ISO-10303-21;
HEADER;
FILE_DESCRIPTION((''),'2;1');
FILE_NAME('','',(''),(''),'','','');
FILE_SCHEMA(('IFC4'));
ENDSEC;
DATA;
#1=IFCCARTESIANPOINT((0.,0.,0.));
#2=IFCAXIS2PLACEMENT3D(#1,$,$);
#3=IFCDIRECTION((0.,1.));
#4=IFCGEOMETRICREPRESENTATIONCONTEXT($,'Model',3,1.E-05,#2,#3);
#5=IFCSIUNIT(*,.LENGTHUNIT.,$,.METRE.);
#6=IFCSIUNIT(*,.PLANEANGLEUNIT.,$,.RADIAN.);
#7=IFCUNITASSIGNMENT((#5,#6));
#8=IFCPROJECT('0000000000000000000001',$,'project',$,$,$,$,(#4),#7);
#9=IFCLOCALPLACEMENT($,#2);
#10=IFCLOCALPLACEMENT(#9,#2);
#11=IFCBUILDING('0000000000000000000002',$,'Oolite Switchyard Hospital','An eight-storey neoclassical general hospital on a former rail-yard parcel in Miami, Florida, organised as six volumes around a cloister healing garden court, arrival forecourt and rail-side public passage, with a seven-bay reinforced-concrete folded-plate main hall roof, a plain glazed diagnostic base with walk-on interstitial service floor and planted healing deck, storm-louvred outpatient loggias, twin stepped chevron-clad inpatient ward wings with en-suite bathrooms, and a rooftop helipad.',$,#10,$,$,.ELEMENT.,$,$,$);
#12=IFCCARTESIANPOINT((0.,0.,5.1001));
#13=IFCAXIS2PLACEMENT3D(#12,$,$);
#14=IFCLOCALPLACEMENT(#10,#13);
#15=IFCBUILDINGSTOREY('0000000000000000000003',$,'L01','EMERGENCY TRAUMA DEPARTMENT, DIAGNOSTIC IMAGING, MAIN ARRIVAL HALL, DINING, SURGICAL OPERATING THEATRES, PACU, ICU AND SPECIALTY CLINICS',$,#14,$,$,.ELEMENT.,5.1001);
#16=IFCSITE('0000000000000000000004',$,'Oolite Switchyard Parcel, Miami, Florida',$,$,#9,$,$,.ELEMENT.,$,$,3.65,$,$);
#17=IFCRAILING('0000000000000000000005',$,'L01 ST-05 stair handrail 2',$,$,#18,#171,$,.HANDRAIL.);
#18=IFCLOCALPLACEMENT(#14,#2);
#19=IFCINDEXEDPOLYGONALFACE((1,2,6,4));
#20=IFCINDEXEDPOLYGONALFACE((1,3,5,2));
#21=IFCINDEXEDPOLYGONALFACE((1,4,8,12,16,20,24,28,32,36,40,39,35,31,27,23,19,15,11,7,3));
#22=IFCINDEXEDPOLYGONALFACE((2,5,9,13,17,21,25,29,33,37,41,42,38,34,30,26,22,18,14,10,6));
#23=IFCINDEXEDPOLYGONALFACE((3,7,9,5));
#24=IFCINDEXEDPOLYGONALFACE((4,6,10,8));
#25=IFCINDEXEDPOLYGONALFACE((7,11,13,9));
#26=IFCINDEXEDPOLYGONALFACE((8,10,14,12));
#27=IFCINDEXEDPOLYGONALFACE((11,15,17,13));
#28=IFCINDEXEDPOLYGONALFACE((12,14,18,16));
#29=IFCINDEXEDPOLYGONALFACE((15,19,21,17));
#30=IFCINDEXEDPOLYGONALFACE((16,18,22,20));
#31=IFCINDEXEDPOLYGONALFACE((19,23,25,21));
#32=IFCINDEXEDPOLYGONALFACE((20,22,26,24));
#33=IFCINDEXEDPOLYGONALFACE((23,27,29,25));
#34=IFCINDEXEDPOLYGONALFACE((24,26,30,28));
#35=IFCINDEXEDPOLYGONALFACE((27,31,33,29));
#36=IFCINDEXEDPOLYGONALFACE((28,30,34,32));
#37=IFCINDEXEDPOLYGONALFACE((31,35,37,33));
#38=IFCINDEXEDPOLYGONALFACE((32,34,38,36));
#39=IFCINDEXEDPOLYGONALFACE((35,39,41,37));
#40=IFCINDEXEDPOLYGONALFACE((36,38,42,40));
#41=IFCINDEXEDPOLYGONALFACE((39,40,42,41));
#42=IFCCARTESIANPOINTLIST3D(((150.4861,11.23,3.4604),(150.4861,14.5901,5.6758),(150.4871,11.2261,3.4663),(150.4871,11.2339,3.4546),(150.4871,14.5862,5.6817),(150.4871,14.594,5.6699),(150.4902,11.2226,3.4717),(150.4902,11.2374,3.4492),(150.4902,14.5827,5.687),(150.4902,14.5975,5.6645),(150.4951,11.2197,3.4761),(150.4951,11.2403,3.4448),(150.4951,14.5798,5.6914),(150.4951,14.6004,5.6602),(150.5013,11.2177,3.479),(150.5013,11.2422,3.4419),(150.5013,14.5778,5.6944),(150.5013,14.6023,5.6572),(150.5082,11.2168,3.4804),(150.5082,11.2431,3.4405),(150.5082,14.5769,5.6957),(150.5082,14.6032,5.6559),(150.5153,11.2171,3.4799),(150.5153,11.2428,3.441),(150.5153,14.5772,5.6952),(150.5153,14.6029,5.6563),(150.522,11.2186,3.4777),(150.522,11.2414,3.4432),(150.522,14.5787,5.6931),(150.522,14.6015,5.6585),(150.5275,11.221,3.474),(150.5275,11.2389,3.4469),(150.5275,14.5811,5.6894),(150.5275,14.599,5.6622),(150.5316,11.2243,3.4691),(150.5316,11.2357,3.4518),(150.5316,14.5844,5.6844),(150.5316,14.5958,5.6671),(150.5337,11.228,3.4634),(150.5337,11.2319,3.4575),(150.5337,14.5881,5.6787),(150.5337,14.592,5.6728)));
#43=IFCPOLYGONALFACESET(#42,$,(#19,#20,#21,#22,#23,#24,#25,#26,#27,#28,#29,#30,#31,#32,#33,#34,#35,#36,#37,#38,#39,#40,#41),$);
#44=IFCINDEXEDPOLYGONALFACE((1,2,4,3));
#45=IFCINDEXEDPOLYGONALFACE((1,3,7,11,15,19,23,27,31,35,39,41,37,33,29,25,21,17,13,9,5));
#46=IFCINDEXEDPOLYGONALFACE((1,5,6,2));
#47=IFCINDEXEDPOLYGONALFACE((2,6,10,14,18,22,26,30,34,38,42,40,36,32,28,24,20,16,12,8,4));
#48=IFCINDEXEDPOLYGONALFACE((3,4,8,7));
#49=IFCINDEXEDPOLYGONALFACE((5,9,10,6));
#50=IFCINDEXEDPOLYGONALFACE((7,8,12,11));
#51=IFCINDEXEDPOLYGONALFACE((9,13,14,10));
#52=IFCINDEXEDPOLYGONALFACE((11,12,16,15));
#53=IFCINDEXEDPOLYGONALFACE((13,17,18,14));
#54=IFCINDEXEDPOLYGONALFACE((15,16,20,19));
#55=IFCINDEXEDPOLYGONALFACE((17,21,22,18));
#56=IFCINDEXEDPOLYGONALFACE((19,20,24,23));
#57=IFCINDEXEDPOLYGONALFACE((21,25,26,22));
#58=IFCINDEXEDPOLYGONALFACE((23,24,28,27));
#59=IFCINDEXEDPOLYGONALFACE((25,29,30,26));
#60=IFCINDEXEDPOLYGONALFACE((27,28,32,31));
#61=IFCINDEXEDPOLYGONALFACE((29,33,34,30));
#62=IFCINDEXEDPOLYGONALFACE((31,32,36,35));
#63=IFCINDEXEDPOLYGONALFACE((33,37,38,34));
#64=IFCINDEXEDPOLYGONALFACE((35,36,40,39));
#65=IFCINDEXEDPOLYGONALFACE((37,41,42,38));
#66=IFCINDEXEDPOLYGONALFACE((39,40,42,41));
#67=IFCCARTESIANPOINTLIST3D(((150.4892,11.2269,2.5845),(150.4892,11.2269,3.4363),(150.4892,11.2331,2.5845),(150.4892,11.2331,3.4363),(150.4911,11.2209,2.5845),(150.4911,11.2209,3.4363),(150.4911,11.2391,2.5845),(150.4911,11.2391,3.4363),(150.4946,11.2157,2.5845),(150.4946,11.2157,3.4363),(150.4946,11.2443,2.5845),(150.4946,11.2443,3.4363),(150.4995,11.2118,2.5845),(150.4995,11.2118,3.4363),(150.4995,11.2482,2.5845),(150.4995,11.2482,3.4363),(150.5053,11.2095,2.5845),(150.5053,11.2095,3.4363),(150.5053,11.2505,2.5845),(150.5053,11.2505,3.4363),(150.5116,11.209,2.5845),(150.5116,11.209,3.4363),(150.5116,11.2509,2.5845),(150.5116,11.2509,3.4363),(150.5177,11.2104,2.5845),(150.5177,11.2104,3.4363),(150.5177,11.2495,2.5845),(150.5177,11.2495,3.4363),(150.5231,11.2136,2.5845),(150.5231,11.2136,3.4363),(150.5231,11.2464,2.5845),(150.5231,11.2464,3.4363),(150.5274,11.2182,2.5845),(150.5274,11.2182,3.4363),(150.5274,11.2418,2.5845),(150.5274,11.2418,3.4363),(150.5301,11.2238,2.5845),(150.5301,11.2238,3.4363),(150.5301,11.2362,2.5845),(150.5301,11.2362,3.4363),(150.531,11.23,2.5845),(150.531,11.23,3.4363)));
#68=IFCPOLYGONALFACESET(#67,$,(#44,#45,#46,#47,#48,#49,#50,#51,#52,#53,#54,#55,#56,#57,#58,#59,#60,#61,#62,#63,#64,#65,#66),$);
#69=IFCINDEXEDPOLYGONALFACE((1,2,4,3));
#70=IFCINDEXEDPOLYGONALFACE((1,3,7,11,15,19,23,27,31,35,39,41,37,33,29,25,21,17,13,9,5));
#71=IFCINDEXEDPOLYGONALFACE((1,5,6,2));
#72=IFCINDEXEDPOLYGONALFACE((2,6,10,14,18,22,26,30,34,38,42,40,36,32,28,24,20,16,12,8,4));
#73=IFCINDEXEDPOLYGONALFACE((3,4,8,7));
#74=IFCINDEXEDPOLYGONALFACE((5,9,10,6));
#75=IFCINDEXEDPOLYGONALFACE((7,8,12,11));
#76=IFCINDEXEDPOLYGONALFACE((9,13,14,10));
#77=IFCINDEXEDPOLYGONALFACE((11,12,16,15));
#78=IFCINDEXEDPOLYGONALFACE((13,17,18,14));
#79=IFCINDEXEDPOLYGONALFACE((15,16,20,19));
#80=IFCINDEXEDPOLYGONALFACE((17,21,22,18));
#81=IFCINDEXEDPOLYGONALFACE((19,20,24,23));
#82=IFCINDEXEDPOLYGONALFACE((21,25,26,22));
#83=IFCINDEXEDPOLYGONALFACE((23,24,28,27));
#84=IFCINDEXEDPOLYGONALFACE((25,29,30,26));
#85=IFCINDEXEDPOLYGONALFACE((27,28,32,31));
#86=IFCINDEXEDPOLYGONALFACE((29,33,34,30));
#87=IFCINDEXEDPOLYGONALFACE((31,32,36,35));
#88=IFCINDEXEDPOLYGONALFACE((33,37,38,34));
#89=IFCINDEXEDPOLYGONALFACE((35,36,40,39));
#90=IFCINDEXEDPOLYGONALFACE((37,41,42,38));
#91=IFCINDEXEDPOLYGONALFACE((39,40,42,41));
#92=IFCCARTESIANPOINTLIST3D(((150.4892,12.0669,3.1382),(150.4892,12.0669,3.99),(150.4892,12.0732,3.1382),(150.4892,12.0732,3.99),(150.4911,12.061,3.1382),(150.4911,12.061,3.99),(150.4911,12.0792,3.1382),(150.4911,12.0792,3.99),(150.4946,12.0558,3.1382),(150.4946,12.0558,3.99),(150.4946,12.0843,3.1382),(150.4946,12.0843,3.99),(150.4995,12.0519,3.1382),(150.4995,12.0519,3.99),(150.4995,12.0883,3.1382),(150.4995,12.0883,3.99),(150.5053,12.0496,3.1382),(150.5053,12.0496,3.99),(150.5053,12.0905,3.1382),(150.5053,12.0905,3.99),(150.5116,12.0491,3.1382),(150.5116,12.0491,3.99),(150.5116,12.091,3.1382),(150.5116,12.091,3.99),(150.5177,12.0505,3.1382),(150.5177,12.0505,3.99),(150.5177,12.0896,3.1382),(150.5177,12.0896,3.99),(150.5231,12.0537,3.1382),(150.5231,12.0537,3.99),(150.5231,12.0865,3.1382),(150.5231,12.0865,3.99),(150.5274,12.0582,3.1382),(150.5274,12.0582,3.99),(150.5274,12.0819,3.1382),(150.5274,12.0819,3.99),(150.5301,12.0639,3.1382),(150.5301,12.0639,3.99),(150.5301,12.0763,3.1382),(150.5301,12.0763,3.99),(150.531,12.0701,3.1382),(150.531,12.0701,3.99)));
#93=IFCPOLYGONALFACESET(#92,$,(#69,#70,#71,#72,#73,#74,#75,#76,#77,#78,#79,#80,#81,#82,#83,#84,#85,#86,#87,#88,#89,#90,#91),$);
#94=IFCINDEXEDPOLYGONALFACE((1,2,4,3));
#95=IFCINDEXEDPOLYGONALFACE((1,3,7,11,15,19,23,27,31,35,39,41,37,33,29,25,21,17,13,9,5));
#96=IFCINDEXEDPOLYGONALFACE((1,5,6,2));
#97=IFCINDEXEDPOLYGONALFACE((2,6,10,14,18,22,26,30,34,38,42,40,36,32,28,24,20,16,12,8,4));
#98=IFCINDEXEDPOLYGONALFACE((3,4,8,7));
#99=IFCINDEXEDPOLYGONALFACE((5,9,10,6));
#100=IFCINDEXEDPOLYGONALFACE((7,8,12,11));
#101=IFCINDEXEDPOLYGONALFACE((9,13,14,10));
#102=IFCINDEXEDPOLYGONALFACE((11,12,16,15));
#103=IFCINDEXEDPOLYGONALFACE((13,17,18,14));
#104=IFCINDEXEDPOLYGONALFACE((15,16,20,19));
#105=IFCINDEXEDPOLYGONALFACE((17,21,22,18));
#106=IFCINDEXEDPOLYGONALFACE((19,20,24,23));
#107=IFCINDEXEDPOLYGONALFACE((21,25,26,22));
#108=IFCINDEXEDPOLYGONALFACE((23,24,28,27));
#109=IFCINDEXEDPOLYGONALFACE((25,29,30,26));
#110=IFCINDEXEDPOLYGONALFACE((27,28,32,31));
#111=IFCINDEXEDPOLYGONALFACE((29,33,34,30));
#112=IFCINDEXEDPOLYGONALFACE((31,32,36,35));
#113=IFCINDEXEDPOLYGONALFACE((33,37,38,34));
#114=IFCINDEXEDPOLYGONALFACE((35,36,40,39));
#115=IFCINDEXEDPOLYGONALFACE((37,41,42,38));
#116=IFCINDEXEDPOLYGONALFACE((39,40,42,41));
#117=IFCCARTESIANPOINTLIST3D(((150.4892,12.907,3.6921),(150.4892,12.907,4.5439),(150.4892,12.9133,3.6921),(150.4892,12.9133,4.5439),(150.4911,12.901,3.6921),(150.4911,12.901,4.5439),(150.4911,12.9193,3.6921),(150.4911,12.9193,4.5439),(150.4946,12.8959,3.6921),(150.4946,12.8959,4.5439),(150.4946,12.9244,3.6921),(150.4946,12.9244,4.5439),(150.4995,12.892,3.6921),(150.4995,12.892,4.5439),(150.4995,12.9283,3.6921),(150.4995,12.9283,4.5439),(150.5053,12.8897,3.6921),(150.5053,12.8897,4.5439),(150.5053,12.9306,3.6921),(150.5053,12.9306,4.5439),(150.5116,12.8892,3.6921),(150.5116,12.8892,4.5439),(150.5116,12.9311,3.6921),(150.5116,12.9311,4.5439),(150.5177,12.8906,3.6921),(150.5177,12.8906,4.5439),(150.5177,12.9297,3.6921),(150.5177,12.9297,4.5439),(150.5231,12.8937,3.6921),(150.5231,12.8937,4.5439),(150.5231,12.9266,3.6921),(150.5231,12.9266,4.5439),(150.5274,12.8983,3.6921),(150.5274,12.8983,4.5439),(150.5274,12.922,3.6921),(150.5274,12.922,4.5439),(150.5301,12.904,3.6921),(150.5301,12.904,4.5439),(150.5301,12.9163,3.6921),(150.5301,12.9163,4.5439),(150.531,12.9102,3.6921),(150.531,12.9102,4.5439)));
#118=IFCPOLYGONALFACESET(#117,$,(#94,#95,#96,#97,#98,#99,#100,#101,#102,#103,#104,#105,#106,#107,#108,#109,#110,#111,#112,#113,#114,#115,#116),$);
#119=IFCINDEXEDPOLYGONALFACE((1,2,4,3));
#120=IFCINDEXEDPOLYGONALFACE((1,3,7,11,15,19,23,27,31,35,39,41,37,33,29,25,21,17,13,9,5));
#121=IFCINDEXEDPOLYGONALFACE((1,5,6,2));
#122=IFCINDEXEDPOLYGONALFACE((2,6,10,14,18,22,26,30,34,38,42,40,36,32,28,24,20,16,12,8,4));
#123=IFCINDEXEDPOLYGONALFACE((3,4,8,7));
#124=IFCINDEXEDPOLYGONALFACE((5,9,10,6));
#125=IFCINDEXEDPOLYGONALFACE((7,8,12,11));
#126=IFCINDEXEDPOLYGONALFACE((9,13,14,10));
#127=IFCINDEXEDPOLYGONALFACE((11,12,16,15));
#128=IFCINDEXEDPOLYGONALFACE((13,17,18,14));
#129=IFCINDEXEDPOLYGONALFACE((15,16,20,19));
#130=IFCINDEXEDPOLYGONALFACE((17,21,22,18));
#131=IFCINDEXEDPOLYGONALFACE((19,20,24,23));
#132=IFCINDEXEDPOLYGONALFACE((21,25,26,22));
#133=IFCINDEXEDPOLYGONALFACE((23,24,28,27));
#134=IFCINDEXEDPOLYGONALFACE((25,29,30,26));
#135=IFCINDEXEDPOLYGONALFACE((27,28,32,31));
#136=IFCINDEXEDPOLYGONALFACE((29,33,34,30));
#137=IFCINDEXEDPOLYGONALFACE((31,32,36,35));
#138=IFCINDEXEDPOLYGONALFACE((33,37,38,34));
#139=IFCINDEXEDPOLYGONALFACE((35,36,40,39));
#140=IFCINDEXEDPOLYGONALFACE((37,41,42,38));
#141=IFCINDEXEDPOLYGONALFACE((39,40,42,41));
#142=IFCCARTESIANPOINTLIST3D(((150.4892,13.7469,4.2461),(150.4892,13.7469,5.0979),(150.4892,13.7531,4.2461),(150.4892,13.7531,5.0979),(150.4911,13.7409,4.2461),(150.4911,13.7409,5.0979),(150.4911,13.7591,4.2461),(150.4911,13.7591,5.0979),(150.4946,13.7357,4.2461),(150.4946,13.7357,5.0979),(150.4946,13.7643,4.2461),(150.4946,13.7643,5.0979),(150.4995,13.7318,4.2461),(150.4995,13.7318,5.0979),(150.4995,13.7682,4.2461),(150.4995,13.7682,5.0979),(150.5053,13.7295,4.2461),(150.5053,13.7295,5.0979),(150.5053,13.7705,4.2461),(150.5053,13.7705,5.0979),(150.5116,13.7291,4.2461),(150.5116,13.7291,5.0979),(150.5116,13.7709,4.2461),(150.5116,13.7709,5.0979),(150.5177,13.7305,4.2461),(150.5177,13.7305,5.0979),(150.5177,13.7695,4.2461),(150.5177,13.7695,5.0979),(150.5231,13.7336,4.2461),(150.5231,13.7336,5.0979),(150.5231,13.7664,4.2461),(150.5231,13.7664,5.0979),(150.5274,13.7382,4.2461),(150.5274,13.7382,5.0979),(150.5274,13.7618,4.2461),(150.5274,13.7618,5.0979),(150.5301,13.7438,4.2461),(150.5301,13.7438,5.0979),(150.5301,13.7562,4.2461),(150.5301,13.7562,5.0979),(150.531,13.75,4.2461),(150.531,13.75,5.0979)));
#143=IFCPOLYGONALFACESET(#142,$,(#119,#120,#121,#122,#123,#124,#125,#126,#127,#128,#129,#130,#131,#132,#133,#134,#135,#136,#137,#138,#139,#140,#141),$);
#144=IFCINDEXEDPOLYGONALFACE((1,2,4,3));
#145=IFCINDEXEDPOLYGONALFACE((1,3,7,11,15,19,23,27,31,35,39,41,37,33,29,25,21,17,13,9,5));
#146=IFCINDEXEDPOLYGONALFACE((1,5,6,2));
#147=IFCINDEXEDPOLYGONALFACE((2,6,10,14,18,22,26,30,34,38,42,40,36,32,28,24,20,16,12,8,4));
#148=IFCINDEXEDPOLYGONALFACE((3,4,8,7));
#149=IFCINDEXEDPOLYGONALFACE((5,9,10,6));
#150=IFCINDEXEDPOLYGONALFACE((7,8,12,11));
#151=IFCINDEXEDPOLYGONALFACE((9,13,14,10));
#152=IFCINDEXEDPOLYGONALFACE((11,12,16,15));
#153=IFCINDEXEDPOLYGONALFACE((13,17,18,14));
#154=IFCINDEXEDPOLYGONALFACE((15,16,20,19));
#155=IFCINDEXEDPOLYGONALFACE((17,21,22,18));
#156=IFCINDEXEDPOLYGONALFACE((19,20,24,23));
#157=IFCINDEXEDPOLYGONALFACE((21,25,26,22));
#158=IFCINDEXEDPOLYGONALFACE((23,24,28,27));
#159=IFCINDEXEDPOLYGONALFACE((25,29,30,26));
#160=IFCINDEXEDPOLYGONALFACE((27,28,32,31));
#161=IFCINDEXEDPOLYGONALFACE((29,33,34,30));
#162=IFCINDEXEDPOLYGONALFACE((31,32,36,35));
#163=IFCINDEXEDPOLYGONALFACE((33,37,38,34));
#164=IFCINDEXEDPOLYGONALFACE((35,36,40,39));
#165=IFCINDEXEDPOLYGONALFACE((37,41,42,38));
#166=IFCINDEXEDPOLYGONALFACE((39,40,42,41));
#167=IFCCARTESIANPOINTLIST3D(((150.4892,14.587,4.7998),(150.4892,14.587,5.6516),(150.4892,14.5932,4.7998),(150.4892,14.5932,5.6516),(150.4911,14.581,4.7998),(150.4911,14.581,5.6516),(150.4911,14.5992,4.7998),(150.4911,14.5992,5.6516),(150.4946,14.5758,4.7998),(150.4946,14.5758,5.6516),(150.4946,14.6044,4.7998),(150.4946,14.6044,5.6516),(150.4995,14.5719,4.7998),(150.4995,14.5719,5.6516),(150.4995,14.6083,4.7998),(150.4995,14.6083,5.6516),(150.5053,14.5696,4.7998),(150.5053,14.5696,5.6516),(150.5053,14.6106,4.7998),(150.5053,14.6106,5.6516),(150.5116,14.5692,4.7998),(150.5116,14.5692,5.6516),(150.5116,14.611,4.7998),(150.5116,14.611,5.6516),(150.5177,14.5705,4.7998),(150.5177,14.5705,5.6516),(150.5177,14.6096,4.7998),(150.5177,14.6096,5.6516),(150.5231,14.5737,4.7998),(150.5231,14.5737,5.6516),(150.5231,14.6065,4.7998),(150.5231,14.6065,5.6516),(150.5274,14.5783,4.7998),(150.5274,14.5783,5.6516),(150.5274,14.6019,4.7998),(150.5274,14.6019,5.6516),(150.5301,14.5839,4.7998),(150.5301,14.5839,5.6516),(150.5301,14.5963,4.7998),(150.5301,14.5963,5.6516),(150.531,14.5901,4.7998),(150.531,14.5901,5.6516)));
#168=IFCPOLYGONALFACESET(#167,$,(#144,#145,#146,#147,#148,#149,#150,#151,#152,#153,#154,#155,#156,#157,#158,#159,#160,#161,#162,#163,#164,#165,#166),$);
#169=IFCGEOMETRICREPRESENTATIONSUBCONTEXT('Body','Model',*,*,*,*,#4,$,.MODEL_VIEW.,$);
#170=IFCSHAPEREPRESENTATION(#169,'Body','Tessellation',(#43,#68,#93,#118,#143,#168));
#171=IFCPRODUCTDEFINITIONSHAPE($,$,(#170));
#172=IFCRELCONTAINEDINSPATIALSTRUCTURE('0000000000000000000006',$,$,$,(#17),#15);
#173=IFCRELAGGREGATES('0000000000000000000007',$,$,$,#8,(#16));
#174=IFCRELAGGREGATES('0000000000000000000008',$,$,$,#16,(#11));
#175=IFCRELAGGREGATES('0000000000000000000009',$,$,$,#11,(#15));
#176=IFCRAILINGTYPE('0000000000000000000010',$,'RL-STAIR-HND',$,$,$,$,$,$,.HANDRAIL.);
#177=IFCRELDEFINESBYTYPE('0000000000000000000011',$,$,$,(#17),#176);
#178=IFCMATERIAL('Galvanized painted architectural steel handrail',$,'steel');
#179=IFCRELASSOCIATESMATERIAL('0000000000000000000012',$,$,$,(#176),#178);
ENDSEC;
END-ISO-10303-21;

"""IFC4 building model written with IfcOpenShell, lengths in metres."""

from ifc_helpers import new_model, si_unit, direction, frame, origin, origin_2d, place, context, subcontext, project, spatial, circle, extrude, material, type_object, element, save


model = new_model("IFC4")

# Units and contexts
model_context = context("Model", 3, precision=1e-05, world=origin(), true_north=direction((0.0, 1.0)))
body_context = subcontext(model_context, "Body", "Model", "MODEL_VIEW")
ifc_project = project(units=[si_unit("LENGTHUNIT", "METRE"), si_unit("PLANEANGLEUNIT", "RADIAN")], contexts=[model_context])

# Site, building, storey
site_placement = place(None, origin())
site = spatial("IfcSite", under=ifc_project, at=site_placement, Name="Oolite Switchyard Parcel, Miami, Florida", CompositionType="ELEMENT", RefElevation=3.65)
building_placement = place(site_placement, origin())
building = spatial("IfcBuilding", under=site, at=building_placement, Name="Oolite Switchyard Hospital", Description="An eight-storey neoclassical general hospital on a former rail-yard parcel in Miami, Florida, organised as six volumes around a cloister healing garden court, arrival forecourt and rail-side public passage, with a seven-bay reinforced-concrete folded-plate main hall roof, a plain glazed diagnostic base with walk-on interstitial service floor and planted healing deck, storm-louvred outpatient loggias, twin stepped chevron-clad inpatient ward wings with en-suite bathrooms, and a rooftop helipad.", CompositionType="ELEMENT")
storey_placement = place(building_placement, frame((0.0, 0.0, 5.1001)))
storey = spatial("IfcBuildingStorey", under=building, at=storey_placement, Name="L01", Description="EMERGENCY TRAUMA DEPARTMENT, DIAGNOSTIC IMAGING, MAIN ARRIVAL HALL, DINING, SURGICAL OPERATING THEATRES, PACU, ICU AND SPECIALTY CLINICS", CompositionType="ELEMENT", Elevation=5.1001)

# Railing
ifc_material_1 = material(Name="Galvanized painted architectural steel handrail", Category="steel")
railing_type_1 = type_object("IfcRailingType", Name="RL-STAIR-HND", PredefinedType="HANDRAIL", material=ifc_material_1)
railing_1_placement = place(storey_placement, frame((150.51, 11.23, 2.5845)))
element("IfcRailing", 1, at=railing_1_placement, inside=storey, type_object=railing_type_1, Name="L01 ST-05 stair handrail 2", PredefinedType="HANDRAIL", context=body_context, shape_type="SweptSolid", body=[
    extrude(circle(Radius=0.0239, at=origin_2d()), frame((0.0, 0.0, 0.876), z_axis=(0.0, 0.834876, 0.550437), x_axis=(-1.0, 0.0, 0.0)), (0.0, 0.0, 1.0), 4.0247),
    extrude(circle(Radius=0.021, at=origin_2d()), origin(), (0.0, 0.0, 1.0), 0.8518),
    extrude(circle(Radius=0.021, at=origin_2d()), frame((0.0, 0.8401, 0.5537)), (0.0, 0.0, 1.0), 0.8518),
    extrude(circle(Radius=0.021, at=origin_2d()), frame((0.0, 1.6802, 1.1077)), (0.0, 0.0, 1.0), 0.8518),
    extrude(circle(Radius=0.021, at=origin_2d()), frame((0.0, 2.52, 1.6616)), (0.0, 0.0, 1.0), 0.8518),
    extrude(circle(Radius=0.021, at=origin_2d()), frame((0.0, 3.3601, 2.2153)), (0.0, 0.0, 1.0), 0.8518),
])

save(model, "model.ifc")
